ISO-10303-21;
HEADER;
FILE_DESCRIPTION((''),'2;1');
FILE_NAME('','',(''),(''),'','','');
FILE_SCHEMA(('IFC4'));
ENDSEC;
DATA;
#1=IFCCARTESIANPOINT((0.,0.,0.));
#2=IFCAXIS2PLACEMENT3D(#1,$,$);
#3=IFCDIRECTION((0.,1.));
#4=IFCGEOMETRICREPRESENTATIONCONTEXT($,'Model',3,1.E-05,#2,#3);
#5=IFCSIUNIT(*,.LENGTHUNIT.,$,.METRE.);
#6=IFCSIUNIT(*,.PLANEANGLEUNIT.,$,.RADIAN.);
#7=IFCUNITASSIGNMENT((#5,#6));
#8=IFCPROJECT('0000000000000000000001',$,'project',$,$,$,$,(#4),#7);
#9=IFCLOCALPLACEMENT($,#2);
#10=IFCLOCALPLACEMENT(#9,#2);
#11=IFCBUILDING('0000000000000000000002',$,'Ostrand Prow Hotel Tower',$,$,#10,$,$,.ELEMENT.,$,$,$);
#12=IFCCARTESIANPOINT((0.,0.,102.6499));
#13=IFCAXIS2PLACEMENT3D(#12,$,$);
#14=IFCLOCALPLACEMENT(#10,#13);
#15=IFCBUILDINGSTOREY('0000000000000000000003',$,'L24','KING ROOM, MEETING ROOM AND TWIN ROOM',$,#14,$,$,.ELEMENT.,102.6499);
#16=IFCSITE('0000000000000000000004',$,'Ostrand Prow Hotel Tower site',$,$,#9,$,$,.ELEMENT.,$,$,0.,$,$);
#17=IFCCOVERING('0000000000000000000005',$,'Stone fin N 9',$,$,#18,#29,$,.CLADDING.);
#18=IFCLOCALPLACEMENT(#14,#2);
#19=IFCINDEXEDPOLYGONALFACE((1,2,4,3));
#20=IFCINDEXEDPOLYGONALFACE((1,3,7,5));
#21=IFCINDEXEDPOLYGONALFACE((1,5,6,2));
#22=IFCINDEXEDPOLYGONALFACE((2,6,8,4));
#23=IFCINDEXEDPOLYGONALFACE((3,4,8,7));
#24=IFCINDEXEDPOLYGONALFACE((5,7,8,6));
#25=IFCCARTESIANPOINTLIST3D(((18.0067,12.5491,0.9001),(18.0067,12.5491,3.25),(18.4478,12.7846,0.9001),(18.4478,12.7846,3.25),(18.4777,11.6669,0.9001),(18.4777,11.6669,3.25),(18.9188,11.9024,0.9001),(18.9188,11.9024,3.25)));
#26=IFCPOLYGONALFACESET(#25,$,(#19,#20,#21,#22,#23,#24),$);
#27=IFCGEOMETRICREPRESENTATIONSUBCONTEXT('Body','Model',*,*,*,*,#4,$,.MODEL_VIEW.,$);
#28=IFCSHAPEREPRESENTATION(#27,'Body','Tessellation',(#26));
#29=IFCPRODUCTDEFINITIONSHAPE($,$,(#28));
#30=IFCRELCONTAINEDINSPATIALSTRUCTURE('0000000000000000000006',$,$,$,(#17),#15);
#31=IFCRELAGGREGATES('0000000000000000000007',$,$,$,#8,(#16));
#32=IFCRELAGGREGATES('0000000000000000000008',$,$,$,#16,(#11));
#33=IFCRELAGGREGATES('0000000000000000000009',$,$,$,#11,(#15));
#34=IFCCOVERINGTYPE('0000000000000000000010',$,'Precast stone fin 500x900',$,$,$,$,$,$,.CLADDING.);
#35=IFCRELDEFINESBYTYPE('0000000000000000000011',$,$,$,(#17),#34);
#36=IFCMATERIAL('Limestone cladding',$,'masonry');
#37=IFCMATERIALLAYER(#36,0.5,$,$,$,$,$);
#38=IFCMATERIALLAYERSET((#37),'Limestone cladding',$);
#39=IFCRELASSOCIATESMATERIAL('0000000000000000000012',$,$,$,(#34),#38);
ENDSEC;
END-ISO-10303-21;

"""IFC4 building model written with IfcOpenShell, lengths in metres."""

from ifc_helpers import new_model, si_unit, direction, frame, frame_2d, origin, place, context, subcontext, project, spatial, rectangle, extrude, material, layer, layer_set, type_object, element, save


model = new_model("IFC4")

# Units and contexts
model_context = context("Model", 3, precision=1e-05, world=origin(), true_north=direction((0.0, 1.0)))
body_context = subcontext(model_context, "Body", "Model", "MODEL_VIEW")
ifc_project = project(units=[si_unit("LENGTHUNIT", "METRE"), si_unit("PLANEANGLEUNIT", "RADIAN")], contexts=[model_context])

# Site, building, storey
site_placement = place(None, origin())
site = spatial("IfcSite", under=ifc_project, at=site_placement, Name="Ostrand Prow Hotel Tower site", CompositionType="ELEMENT", RefElevation=0.0)
building_placement = place(site_placement, origin())
building = spatial("IfcBuilding", under=site, at=building_placement, Name="Ostrand Prow Hotel Tower", CompositionType="ELEMENT")
storey_placement = place(building_placement, frame((0.0, 0.0, 102.6499)))
storey = spatial("IfcBuildingStorey", under=building, at=storey_placement, Name="L24", Description="KING ROOM, MEETING ROOM AND TWIN ROOM", CompositionType="ELEMENT", Elevation=102.6499)

# Covering
ifc_material_1 = material(Name="Limestone cladding", Category="masonry")
ifc_layer_1 = layer(ifc_material_1, 0.5)
ifc_layer_set_1 = layer_set([ifc_layer_1], Name="Limestone cladding")
covering_type = type_object("IfcCoveringType", Name="Precast stone fin 500x900", PredefinedType="CLADDING", material=ifc_layer_set_1)
covering_placement = place(storey_placement, frame((18.6982, 11.7847, 0.9001), z_axis=(0.0, 0.0, 1.0), x_axis=(-0.470981, 0.882143, 0.0)))
element("IfcCovering", 1, at=covering_placement, inside=storey, type_object=covering_type, Name="Stone fin N 9", PredefinedType="CLADDING", context=body_context, shape_type="SweptSolid", body=[
    extrude(rectangle(XDim=1.0, YDim=0.5, at=frame_2d((0.5, 0.0))), origin(), (0.0, 0.0, 1.0), 2.3499),
])

save(model, "model.ifc")
